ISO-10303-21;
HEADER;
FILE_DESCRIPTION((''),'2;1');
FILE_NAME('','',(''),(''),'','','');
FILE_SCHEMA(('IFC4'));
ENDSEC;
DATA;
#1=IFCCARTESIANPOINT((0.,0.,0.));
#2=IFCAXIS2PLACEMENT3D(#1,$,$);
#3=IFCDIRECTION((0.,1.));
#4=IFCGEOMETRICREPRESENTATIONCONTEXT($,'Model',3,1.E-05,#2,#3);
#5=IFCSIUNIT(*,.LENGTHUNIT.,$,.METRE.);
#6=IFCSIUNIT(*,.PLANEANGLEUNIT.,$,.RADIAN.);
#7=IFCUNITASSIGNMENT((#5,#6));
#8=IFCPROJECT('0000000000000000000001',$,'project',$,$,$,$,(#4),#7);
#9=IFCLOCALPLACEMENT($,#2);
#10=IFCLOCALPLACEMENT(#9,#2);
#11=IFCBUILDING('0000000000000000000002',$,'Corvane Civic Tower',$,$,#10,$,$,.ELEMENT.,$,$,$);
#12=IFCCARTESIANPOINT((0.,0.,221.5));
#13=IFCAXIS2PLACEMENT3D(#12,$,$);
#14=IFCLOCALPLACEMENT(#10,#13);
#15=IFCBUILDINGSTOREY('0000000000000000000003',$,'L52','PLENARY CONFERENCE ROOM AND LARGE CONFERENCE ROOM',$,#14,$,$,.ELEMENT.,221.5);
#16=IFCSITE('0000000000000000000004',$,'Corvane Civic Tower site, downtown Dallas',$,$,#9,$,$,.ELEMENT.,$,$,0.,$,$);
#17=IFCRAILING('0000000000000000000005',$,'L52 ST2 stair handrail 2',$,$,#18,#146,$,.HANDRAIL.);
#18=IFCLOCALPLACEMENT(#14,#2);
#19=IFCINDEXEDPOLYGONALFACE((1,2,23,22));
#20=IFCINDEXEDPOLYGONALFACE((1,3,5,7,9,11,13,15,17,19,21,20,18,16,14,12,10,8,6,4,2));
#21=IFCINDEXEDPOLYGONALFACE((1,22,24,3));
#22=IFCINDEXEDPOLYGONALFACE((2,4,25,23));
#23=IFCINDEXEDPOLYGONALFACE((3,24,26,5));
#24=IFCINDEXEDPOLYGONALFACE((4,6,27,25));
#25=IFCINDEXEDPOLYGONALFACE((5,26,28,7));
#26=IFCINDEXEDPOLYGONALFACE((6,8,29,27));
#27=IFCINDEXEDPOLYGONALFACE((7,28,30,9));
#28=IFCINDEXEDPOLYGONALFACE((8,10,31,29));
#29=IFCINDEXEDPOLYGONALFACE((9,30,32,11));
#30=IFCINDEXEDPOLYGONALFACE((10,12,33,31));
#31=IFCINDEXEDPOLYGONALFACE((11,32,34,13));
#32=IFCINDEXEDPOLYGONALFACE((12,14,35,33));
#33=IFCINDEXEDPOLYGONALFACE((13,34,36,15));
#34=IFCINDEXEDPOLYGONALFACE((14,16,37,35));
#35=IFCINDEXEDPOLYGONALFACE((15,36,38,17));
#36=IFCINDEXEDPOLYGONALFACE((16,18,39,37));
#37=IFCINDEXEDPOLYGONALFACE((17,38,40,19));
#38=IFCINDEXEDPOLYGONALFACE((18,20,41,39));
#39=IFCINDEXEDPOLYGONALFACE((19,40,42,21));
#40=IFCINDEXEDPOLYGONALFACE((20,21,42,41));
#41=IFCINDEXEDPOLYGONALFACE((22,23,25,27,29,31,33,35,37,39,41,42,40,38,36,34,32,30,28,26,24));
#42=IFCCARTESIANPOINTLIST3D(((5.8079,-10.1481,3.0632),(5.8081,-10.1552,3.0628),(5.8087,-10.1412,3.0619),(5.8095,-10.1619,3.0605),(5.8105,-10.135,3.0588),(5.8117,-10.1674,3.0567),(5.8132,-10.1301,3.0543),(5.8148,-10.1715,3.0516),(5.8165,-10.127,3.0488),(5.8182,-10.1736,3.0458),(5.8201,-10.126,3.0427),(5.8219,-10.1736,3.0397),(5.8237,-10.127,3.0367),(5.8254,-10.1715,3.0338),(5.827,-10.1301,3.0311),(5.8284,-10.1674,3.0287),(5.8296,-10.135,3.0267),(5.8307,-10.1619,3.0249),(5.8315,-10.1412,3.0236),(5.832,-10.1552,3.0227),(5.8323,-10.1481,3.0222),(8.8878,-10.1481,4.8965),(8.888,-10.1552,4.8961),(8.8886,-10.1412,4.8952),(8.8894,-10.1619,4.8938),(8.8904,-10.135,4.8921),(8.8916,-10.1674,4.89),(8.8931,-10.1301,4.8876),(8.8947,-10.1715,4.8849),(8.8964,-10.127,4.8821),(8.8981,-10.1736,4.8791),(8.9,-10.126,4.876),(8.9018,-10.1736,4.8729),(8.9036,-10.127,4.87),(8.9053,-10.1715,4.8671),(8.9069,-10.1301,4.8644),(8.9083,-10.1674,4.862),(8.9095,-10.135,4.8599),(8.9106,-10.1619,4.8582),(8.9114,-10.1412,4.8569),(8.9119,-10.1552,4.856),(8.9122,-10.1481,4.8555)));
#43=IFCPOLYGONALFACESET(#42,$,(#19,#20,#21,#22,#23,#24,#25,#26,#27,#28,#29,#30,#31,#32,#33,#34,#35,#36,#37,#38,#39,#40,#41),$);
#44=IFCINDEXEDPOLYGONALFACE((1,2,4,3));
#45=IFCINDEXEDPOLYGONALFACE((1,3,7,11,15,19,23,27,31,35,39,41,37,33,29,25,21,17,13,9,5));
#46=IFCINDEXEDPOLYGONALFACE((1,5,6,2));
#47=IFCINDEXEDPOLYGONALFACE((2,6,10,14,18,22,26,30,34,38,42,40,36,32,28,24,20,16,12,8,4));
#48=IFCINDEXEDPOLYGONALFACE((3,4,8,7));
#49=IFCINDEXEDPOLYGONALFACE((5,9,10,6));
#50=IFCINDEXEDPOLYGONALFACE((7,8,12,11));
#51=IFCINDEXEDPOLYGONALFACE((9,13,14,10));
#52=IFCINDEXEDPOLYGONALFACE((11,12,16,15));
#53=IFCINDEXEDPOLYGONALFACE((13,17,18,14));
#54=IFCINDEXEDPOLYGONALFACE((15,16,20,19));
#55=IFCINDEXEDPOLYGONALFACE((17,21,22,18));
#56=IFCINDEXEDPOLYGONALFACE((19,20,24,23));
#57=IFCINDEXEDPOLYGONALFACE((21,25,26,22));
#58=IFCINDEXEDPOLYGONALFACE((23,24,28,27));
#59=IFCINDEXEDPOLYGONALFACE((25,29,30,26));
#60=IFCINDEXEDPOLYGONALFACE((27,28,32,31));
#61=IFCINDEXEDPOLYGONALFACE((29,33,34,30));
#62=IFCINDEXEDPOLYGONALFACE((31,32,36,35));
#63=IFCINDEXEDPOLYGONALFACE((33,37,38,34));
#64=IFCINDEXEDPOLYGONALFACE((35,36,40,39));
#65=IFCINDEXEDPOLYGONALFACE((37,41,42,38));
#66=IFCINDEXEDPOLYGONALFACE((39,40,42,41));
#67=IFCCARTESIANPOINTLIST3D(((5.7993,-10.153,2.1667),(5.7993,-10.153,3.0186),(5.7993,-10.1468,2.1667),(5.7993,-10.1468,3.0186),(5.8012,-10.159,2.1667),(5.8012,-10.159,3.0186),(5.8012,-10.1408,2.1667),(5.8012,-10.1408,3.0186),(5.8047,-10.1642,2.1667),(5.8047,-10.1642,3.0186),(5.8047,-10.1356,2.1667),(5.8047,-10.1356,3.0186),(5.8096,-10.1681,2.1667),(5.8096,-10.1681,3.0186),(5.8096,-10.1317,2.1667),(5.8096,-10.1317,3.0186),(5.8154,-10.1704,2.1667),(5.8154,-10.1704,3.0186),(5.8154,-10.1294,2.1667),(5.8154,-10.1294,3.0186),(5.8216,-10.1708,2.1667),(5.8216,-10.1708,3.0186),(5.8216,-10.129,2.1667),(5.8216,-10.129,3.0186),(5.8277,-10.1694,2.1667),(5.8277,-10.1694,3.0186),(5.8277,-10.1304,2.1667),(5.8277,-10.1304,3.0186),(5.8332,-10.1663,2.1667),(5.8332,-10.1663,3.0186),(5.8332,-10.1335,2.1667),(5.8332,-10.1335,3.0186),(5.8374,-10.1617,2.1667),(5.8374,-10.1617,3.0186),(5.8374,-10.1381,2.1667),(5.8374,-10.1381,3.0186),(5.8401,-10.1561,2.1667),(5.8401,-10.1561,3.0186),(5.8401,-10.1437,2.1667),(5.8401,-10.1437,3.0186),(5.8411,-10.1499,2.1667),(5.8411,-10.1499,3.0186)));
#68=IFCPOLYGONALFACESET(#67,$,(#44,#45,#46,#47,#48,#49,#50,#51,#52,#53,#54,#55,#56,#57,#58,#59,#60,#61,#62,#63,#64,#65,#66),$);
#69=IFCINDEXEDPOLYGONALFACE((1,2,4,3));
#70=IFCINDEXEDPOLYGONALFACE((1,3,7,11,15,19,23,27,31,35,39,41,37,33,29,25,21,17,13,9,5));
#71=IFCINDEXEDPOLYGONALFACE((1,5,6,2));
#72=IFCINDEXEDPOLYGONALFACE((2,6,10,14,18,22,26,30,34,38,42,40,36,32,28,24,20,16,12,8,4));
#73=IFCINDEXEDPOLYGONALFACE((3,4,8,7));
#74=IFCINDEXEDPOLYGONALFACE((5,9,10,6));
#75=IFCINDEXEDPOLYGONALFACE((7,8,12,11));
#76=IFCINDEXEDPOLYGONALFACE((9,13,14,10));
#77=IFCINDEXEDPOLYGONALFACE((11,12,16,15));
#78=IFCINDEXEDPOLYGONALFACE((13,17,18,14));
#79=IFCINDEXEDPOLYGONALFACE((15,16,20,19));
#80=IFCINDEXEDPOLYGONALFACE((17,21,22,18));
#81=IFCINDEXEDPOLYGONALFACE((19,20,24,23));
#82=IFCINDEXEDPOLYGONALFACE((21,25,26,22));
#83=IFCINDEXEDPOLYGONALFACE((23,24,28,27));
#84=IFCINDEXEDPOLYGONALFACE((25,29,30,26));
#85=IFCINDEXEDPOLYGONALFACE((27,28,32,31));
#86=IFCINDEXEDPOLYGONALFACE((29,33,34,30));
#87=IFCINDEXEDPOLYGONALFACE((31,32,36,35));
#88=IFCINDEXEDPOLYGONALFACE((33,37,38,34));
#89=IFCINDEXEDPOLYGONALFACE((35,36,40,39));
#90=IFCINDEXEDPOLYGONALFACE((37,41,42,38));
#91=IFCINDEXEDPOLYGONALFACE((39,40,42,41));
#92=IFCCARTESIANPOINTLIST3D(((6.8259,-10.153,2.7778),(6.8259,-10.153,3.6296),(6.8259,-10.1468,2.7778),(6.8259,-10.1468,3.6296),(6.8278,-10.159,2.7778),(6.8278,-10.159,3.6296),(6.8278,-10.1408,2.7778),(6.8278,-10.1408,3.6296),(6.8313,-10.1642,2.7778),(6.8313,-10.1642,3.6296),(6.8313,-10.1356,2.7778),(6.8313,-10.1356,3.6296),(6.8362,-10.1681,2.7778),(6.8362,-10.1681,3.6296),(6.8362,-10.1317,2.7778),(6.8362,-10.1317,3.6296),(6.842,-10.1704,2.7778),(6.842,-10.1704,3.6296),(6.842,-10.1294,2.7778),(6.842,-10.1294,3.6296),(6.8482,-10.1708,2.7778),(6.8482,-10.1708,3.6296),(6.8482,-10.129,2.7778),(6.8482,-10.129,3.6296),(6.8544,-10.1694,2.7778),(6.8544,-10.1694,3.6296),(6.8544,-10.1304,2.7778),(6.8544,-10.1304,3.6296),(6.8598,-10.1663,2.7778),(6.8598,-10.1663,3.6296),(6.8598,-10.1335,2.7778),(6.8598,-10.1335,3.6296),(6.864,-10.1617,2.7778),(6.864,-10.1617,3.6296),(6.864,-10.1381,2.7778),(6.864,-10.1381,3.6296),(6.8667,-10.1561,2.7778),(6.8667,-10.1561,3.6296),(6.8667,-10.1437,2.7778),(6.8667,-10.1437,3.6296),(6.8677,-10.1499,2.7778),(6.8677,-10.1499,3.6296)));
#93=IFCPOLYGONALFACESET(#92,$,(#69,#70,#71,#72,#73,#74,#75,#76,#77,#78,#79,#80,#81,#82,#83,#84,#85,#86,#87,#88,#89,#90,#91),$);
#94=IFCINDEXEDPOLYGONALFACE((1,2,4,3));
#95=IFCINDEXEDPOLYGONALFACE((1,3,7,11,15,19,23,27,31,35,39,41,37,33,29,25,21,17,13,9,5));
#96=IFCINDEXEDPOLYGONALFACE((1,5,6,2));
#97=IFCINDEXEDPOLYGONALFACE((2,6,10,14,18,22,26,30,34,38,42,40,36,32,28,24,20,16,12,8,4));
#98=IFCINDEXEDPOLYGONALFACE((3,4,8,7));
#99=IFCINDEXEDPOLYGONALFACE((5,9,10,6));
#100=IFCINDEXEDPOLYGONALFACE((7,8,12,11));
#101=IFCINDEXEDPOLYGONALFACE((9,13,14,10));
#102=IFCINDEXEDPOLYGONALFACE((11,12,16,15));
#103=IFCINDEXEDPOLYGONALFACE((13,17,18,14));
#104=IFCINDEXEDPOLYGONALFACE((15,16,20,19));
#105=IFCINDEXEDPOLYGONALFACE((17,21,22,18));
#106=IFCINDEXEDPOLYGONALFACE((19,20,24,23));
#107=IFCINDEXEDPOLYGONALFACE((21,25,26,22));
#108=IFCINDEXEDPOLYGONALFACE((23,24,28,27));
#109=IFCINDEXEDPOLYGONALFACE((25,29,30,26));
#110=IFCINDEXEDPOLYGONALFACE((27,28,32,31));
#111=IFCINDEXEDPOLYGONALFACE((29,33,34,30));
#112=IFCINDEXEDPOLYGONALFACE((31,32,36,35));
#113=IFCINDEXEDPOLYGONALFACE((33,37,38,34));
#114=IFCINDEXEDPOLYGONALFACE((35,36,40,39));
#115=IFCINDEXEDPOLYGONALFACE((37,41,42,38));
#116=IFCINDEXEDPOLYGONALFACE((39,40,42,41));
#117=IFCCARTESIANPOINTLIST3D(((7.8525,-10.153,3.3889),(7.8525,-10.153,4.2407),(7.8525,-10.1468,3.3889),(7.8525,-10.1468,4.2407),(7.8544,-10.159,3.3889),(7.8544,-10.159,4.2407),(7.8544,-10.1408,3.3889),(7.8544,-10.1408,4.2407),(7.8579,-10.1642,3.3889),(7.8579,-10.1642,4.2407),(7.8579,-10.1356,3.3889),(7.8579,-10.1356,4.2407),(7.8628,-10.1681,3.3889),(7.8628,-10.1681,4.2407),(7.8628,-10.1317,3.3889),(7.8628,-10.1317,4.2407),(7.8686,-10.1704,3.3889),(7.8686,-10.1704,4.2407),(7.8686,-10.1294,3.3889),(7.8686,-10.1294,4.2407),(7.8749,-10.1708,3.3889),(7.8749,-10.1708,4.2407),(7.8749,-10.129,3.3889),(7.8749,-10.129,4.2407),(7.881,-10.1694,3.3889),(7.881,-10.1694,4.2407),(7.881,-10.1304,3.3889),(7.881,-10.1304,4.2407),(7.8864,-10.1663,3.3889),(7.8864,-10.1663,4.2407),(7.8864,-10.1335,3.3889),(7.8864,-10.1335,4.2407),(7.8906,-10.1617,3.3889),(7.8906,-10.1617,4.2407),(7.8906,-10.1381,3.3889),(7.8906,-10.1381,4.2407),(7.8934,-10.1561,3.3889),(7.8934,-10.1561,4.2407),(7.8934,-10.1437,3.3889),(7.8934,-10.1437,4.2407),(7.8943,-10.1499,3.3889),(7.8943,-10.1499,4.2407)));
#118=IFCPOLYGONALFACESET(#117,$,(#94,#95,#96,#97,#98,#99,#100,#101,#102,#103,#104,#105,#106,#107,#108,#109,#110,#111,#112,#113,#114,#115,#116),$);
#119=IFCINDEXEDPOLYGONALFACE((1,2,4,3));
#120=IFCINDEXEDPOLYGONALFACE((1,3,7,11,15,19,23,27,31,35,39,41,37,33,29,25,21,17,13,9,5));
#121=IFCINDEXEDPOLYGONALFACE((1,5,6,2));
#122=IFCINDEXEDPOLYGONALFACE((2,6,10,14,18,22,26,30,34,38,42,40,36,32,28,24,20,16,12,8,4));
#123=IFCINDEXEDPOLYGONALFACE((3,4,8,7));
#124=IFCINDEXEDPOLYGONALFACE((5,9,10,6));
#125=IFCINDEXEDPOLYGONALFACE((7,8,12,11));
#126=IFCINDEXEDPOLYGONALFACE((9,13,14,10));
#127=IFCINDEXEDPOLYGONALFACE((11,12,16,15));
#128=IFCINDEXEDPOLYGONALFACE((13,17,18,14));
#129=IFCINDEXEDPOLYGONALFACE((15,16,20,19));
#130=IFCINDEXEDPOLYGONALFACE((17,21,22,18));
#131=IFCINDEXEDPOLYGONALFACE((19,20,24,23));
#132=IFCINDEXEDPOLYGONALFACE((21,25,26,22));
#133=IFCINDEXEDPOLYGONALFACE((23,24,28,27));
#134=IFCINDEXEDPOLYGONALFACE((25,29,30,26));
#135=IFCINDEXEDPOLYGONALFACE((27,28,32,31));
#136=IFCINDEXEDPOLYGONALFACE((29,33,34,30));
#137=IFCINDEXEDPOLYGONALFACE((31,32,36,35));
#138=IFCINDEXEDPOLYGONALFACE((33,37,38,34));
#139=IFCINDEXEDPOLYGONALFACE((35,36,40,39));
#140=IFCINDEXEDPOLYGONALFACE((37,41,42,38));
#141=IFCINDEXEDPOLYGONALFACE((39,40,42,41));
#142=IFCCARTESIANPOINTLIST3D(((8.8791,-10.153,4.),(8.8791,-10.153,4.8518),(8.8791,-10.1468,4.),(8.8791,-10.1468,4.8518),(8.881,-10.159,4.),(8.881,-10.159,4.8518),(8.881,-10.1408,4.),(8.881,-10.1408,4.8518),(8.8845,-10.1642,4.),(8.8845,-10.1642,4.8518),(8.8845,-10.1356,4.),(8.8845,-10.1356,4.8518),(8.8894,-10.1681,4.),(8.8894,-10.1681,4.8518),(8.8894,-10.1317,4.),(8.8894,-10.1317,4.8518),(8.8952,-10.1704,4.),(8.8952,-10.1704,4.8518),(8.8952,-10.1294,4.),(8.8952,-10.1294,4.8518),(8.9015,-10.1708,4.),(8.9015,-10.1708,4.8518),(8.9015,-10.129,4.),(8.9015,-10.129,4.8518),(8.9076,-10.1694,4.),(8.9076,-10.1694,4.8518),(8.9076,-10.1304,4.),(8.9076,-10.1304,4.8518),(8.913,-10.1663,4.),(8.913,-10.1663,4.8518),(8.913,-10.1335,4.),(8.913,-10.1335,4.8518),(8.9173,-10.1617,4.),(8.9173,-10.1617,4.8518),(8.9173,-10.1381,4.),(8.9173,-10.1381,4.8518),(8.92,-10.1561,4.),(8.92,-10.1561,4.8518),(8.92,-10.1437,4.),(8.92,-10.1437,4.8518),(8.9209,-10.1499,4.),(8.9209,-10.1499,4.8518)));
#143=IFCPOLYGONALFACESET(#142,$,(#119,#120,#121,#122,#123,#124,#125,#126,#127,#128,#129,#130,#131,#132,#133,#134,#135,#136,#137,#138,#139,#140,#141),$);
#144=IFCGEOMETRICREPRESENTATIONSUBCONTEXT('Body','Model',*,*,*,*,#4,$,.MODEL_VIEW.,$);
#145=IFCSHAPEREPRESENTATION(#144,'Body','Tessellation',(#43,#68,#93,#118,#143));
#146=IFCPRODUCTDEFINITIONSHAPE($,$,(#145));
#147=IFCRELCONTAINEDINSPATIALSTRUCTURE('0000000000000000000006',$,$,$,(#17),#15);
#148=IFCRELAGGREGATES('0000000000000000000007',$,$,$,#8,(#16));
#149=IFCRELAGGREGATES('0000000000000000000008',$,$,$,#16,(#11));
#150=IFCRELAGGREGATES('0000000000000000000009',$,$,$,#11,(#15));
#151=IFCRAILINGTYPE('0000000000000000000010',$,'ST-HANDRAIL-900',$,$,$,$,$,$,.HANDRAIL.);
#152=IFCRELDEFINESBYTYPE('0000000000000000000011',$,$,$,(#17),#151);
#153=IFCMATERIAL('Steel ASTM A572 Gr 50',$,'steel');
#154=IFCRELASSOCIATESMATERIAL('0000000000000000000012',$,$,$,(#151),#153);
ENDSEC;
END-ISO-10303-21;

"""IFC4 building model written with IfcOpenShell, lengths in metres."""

from ifc_helpers import new_model, si_unit, direction, frame, origin, origin_2d, place, context, subcontext, project, spatial, circle, extrude, material, type_object, element, save


model = new_model("IFC4")

# Units and contexts
model_context = context("Model", 3, precision=1e-05, world=origin(), true_north=direction((0.0, 1.0)))
body_context = subcontext(model_context, "Body", "Model", "MODEL_VIEW")
ifc_project = project(units=[si_unit("LENGTHUNIT", "METRE"), si_unit("PLANEANGLEUNIT", "RADIAN")], contexts=[model_context])

# Site, building, storey
site_placement = place(None, origin())
site = spatial("IfcSite", under=ifc_project, at=site_placement, Name="Corvane Civic Tower site, downtown Dallas", CompositionType="ELEMENT", RefElevation=0.0)
building_placement = place(site_placement, origin())
building = spatial("IfcBuilding", under=site, at=building_placement, Name="Corvane Civic Tower", CompositionType="ELEMENT")
storey_placement = place(building_placement, frame((0.0, 0.0, 221.5)))
storey = spatial("IfcBuildingStorey", under=building, at=storey_placement, Name="L52", Description="PLENARY CONFERENCE ROOM AND LARGE CONFERENCE ROOM", CompositionType="ELEMENT", Elevation=221.5)

# Railing
ifc_material_1 = material(Name="Steel ASTM A572 Gr 50", Category="steel")
railing_type_1 = type_object("IfcRailingType", Name="ST-HANDRAIL-900", PredefinedType="HANDRAIL", material=ifc_material_1)
railing_1_placement = place(storey_placement, frame((5.8201, -10.1499, 2.1667)))
element("IfcRailing", 1, at=railing_1_placement, inside=storey, type_object=railing_type_1, Name="L52 ST2 stair handrail 2", PredefinedType="HANDRAIL", context=body_context, shape_type="SweptSolid", body=[
    extrude(circle(Radius=0.0239, at=origin_2d()), frame((0.0, 0.0, 0.876), z_axis=(0.859291, 0.0, 0.511487), x_axis=(0.0, 1.0, 0.0)), (0.0, 0.0, 1.0), 3.5842),
    extrude(circle(Radius=0.021, at=origin_2d()), origin(), (0.0, 0.0, 1.0), 0.8518),
    extrude(circle(Radius=0.021, at=origin_2d()), frame((1.0266, 0.0, 0.6111)), (0.0, 0.0, 1.0), 0.8518),
    extrude(circle(Radius=0.021, at=origin_2d()), frame((2.0532, 0.0, 1.2222)), (0.0, 0.0, 1.0), 0.8518),
    extrude(circle(Radius=0.021, at=origin_2d()), frame((3.0798, 0.0, 1.8333)), (0.0, 0.0, 1.0), 0.8518),
])

save(model, "model.ifc")
